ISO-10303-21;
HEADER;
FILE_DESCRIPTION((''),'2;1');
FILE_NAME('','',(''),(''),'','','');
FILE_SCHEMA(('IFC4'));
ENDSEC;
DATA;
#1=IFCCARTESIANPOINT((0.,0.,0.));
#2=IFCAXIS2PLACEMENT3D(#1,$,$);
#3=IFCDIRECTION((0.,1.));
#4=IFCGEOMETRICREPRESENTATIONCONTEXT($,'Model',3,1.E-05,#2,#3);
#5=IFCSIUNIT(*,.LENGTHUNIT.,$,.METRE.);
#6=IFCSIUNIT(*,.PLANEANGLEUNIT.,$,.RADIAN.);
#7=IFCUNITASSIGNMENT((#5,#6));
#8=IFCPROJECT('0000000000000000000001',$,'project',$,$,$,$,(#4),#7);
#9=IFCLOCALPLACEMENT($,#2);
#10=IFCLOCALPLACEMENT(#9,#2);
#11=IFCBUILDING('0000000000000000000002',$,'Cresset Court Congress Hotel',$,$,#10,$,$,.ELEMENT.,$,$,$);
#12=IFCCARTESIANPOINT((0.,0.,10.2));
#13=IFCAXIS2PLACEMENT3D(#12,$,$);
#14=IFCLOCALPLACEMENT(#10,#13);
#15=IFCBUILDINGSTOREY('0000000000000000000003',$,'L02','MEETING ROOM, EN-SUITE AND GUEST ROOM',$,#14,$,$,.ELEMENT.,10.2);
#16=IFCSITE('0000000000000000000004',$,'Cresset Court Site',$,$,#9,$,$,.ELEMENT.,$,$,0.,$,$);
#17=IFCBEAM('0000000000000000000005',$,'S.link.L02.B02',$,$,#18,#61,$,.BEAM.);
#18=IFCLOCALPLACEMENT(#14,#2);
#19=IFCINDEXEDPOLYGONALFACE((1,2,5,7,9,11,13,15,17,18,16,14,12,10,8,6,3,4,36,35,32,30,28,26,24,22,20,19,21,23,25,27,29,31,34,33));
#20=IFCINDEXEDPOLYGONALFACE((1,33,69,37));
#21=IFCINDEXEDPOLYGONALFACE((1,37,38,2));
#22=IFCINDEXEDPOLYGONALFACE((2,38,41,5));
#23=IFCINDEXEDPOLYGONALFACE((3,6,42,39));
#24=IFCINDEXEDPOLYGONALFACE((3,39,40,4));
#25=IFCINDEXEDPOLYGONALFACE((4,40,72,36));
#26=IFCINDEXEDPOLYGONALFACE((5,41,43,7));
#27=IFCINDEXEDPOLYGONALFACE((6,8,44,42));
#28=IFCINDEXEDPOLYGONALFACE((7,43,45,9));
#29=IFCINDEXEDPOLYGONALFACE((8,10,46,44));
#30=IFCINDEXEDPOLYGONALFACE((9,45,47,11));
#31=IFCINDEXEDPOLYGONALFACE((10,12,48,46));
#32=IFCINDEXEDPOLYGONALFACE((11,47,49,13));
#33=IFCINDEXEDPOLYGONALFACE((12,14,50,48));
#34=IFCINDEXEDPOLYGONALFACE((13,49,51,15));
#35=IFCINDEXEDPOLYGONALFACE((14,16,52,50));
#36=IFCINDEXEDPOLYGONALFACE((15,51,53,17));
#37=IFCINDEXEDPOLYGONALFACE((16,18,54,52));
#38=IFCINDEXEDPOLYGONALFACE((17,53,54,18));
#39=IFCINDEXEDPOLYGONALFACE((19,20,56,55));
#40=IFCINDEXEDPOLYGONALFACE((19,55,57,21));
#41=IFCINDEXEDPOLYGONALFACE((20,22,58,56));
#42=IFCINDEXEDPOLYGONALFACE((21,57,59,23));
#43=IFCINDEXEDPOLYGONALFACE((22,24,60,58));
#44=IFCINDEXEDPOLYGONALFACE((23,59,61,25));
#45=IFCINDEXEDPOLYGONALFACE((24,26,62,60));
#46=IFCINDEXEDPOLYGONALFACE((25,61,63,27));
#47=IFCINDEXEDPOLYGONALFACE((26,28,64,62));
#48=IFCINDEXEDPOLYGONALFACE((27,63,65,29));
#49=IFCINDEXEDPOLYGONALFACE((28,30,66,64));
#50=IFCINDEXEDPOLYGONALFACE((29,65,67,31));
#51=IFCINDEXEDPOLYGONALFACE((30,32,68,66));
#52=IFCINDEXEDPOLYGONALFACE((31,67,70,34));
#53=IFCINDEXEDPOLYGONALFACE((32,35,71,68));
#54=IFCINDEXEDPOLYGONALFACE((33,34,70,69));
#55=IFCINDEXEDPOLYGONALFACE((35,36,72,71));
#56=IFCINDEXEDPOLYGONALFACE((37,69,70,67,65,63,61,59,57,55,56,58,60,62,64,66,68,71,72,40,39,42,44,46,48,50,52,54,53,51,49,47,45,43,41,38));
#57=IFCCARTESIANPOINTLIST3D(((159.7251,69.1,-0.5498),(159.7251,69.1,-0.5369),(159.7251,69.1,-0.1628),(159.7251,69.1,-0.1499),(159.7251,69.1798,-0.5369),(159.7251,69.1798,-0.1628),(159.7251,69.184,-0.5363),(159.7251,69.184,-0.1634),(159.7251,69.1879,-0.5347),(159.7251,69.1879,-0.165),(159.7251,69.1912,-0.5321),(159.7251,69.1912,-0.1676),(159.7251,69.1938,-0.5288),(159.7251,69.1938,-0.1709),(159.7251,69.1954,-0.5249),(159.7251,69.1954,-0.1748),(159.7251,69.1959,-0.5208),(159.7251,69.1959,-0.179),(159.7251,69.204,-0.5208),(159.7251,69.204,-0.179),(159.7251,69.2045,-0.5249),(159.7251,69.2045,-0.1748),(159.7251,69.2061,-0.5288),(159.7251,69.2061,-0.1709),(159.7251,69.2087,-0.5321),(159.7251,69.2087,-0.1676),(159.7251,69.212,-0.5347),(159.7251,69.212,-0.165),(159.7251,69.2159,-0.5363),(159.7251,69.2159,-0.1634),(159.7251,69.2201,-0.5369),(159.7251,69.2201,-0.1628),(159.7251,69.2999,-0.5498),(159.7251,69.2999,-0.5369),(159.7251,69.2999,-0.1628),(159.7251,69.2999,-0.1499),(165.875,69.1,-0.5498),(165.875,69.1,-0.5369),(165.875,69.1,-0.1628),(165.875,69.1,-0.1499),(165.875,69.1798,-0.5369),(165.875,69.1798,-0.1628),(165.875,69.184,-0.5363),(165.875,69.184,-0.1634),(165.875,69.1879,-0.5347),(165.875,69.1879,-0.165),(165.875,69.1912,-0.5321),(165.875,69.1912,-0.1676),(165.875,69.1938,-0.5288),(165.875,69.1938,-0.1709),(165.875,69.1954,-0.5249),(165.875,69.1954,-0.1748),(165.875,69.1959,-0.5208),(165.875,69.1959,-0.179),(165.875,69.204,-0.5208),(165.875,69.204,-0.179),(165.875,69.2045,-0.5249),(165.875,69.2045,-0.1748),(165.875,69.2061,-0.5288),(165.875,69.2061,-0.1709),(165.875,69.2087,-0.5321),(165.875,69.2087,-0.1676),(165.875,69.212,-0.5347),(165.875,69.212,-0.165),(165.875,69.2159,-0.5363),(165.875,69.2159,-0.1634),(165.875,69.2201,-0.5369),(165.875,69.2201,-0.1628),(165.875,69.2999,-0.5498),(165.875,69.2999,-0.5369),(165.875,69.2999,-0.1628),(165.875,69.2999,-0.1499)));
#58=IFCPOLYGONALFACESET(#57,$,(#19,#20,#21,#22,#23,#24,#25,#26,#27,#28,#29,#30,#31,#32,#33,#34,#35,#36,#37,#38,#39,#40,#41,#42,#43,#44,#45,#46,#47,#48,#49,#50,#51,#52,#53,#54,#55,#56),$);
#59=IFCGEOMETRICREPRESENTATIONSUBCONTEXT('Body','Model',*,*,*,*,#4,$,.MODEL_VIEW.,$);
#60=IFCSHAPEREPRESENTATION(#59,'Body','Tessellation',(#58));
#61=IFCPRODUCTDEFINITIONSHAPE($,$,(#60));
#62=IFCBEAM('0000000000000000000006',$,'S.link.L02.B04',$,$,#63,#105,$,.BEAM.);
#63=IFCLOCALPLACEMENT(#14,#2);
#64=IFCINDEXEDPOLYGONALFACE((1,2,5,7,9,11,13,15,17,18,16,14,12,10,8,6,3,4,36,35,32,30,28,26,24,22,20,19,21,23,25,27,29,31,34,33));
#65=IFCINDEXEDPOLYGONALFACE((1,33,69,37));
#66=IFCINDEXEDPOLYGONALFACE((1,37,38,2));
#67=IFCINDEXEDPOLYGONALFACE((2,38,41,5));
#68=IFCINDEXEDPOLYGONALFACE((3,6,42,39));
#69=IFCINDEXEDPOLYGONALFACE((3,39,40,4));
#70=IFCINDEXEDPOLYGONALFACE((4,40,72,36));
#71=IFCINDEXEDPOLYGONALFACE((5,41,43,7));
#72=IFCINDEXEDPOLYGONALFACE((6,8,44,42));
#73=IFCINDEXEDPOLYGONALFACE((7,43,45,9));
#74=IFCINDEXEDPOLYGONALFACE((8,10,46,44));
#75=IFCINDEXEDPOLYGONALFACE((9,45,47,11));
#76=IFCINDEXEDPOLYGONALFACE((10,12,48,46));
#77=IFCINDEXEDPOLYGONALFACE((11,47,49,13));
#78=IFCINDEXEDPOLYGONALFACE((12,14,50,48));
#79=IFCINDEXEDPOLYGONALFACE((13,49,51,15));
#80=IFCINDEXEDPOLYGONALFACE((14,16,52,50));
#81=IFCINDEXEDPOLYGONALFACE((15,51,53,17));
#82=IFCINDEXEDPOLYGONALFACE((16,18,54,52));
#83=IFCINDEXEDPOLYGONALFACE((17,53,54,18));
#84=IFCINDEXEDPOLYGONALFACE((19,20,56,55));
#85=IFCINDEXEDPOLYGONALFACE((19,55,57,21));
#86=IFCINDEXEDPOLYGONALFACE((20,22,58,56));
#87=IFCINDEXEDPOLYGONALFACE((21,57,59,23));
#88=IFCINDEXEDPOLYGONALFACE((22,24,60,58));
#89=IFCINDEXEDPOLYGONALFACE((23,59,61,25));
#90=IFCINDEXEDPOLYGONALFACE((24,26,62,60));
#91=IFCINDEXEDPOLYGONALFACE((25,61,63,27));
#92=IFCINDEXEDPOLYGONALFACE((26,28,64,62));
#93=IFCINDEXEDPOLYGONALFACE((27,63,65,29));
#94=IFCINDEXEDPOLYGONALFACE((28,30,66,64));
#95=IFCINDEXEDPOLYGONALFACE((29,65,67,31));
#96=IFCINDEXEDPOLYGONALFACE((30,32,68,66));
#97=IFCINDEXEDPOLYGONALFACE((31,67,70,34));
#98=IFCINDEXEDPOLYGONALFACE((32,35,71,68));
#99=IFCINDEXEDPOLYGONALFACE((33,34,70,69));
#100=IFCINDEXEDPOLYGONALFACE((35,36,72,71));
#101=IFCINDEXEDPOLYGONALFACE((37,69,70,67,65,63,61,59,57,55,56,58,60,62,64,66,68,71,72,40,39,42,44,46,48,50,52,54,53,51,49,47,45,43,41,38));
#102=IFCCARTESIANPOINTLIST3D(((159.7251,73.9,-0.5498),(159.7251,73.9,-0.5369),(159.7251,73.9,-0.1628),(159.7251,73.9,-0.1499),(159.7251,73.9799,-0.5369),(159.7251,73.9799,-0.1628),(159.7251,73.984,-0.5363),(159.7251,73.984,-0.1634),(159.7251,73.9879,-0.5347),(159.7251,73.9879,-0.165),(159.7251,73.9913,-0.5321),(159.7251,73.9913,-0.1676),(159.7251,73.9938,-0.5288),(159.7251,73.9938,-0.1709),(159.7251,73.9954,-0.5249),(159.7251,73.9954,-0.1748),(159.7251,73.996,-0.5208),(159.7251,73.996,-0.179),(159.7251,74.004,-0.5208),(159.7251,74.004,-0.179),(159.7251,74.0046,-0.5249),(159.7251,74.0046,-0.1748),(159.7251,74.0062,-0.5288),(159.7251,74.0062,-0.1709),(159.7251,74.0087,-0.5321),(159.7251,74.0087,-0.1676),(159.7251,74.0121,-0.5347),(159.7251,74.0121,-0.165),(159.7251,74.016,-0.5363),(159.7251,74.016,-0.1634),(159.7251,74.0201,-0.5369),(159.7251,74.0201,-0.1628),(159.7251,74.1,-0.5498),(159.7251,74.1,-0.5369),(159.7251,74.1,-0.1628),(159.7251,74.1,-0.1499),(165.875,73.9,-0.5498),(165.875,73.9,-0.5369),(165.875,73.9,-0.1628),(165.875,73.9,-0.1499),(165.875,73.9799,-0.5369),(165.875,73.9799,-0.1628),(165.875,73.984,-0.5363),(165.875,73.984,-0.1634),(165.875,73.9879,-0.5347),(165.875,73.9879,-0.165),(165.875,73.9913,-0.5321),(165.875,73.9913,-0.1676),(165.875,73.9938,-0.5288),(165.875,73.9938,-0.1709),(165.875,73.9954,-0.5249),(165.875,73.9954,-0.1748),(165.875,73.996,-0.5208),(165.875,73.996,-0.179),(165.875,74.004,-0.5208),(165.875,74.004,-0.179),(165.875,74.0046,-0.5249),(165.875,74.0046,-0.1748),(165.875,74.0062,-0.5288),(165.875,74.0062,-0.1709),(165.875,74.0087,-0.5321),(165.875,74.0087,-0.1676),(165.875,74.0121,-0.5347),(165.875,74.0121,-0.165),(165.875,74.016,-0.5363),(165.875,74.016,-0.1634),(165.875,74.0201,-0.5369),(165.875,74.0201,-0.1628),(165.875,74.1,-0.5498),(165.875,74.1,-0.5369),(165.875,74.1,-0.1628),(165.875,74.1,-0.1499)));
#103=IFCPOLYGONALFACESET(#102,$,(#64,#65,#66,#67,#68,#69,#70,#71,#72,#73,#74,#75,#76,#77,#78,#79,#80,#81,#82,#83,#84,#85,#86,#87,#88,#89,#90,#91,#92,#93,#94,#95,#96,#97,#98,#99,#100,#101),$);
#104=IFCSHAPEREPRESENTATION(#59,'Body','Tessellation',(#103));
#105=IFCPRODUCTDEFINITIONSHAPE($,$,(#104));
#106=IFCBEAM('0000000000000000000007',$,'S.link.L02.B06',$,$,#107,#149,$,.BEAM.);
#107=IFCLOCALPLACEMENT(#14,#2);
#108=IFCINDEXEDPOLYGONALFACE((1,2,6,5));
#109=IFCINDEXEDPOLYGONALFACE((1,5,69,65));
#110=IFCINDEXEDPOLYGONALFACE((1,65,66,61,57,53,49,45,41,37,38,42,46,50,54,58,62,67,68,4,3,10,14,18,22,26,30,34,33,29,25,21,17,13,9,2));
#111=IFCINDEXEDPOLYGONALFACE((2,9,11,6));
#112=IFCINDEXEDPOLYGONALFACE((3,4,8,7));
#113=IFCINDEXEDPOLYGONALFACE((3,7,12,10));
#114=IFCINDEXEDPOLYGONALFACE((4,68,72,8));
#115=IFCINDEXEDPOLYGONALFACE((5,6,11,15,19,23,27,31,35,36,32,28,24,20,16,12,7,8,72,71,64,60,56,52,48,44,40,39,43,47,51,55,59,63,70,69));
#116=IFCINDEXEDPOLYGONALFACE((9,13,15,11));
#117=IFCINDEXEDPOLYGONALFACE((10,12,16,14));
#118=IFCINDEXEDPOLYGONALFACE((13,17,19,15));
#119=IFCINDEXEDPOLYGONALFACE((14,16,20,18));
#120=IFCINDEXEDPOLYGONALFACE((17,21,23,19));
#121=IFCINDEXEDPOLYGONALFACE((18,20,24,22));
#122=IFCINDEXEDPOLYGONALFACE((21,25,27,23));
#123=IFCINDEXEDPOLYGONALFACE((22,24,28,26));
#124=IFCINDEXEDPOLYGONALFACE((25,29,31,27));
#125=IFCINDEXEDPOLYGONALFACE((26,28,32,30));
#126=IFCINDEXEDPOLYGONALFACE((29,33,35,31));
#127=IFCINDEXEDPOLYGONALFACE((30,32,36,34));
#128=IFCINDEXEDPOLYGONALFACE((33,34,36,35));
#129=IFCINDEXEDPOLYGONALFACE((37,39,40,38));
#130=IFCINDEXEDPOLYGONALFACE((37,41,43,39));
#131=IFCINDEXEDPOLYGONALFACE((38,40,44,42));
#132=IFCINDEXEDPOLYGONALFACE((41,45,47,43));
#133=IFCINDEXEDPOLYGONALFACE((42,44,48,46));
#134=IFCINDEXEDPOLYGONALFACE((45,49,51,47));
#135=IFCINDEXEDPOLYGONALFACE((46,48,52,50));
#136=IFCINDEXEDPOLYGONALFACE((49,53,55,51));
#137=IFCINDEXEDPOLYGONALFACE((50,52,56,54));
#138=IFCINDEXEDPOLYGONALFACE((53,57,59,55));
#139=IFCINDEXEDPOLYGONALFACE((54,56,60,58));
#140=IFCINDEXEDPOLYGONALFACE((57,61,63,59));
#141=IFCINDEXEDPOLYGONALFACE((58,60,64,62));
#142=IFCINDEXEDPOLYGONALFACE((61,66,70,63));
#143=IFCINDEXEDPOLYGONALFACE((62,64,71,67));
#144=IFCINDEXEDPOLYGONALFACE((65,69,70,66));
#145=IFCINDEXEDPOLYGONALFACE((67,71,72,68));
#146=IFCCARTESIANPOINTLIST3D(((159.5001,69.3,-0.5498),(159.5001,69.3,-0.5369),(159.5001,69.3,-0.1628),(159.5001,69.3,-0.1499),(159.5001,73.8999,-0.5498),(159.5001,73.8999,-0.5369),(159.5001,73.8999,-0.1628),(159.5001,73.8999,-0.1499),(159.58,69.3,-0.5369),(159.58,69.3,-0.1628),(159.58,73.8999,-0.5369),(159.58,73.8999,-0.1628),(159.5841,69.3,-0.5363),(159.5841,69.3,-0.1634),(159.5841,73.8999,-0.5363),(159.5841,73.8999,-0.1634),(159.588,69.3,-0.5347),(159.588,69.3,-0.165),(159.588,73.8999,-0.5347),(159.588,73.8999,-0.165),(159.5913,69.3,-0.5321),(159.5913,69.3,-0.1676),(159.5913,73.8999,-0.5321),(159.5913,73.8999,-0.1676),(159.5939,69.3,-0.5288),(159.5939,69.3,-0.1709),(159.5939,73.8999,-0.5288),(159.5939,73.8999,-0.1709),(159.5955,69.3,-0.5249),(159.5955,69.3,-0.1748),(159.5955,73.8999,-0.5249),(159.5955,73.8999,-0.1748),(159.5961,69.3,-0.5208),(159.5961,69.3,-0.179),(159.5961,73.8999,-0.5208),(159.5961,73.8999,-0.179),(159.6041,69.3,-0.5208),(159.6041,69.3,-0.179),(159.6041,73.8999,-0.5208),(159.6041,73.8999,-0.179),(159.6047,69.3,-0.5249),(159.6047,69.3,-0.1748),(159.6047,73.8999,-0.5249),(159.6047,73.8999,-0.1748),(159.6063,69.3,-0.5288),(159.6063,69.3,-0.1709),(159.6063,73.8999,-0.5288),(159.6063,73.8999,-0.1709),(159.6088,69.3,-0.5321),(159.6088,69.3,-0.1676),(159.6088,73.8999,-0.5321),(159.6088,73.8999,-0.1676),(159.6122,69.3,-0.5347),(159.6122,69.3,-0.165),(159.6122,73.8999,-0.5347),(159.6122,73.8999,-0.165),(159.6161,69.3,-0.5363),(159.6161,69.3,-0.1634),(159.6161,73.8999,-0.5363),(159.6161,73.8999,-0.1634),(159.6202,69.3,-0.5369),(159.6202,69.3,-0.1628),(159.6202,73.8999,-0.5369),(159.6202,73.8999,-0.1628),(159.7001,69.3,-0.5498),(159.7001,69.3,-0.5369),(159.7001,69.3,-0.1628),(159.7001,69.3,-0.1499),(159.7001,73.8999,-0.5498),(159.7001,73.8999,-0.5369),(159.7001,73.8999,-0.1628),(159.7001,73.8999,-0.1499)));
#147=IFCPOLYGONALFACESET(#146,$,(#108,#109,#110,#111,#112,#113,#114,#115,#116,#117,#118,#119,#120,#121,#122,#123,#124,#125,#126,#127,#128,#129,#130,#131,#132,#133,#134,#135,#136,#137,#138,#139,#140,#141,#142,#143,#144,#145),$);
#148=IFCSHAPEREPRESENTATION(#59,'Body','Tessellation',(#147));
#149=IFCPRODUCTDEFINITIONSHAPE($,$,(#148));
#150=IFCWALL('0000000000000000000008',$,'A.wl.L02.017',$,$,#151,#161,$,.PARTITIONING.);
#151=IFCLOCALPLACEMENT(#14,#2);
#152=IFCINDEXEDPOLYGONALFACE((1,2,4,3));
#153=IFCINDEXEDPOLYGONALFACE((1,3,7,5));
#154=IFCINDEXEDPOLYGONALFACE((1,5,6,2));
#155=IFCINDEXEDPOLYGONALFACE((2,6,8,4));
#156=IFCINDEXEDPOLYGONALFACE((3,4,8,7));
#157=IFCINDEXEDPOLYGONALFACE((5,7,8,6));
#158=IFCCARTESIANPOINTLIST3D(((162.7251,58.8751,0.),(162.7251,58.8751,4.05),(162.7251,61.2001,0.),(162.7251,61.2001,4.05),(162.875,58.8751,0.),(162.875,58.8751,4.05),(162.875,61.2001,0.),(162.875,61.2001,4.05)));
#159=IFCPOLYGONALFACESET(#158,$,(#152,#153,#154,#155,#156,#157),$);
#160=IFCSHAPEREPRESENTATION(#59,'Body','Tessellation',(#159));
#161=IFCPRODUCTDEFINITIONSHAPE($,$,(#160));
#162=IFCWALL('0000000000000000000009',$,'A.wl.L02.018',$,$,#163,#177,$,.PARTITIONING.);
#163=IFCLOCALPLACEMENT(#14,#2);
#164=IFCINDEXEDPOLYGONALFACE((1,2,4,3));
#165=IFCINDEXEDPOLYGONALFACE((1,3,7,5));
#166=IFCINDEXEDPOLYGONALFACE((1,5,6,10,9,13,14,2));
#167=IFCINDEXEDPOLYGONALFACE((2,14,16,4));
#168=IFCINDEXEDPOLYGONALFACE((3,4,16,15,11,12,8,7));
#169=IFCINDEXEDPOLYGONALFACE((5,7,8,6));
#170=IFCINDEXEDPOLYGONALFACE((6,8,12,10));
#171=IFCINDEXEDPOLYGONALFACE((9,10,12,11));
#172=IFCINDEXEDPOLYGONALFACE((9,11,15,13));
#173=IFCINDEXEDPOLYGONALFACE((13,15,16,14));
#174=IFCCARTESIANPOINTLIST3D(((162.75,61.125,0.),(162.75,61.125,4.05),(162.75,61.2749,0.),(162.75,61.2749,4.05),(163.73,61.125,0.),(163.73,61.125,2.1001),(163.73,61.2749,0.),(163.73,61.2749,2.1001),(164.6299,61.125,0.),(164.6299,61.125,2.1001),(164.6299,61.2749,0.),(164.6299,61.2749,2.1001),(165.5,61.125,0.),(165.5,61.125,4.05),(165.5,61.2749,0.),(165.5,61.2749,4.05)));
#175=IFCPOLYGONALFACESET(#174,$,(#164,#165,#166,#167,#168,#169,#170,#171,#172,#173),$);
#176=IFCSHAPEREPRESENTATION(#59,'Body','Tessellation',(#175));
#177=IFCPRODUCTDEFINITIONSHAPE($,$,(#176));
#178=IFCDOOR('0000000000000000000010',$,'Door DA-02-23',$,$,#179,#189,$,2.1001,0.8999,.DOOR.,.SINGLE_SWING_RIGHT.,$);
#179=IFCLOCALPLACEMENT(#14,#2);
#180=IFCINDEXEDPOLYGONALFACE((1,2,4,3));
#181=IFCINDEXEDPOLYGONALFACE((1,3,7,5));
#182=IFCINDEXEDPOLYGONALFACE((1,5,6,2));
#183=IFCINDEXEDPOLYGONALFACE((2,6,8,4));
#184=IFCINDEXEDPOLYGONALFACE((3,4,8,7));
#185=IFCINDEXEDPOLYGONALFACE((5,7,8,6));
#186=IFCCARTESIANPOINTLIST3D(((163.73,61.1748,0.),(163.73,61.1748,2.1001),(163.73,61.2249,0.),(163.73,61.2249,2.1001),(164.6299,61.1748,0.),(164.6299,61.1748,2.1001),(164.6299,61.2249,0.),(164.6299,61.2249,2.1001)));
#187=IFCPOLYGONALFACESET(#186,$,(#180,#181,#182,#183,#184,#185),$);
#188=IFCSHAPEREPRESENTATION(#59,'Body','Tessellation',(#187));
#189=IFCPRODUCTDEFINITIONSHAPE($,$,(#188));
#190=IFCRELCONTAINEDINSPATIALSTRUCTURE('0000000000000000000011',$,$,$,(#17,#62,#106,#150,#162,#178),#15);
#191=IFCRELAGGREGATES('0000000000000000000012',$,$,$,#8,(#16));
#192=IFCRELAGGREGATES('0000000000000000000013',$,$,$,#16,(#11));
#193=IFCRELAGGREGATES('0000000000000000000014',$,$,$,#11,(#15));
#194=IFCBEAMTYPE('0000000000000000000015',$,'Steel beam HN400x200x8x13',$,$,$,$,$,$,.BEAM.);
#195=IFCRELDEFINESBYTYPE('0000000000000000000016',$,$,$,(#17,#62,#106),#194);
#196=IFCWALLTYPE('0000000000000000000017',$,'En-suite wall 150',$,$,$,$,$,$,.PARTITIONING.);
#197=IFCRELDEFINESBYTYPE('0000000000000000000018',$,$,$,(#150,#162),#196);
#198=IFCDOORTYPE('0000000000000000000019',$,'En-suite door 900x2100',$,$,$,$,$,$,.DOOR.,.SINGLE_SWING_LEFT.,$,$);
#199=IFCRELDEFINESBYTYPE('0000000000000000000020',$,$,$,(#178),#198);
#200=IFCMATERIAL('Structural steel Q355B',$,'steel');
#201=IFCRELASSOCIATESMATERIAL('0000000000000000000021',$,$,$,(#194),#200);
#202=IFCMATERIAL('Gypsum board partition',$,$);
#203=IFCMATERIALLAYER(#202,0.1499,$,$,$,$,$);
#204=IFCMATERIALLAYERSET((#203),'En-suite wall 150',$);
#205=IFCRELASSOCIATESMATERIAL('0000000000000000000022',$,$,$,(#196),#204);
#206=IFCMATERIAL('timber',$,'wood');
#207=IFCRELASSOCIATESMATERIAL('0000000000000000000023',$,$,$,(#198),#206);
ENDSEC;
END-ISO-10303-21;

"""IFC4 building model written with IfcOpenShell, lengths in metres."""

from ifc_helpers import new_model, si_unit, direction, frame, frame_2d, origin, origin_2d, place, context, subcontext, project, spatial, rectangle, i_section, extrude, material, layer, layer_set, material_profile, profile_set, type_object, element, fill, save


model = new_model("IFC4")

# Units and contexts
model_context = context("Model", 3, precision=1e-05, world=origin(), true_north=direction((0.0, 1.0)))
body_context = subcontext(model_context, "Body", "Model", "MODEL_VIEW")
ifc_project = project(units=[si_unit("LENGTHUNIT", "METRE"), si_unit("PLANEANGLEUNIT", "RADIAN")], contexts=[model_context])

# Site, building, storey
site_placement = place(None, origin())
site = spatial("IfcSite", under=ifc_project, at=site_placement, Name="Cresset Court Site", CompositionType="ELEMENT", RefElevation=0.0)
building_placement = place(site_placement, origin())
building = spatial("IfcBuilding", under=site, at=building_placement, Name="Cresset Court Congress Hotel", CompositionType="ELEMENT")
storey_placement = place(building_placement, frame((0.0, 0.0, 10.2)))
storey = spatial("IfcBuildingStorey", under=building, at=storey_placement, Name="L02", Description="MEETING ROOM, EN-SUITE AND GUEST ROOM", CompositionType="ELEMENT", Elevation=10.2)

# Beams
ifc_material_1 = material(Name="Structural steel Q355B", Category="steel")
ifc_material_profile = material_profile(ifc_material_1, i_section(OverallWidth=0.2, OverallDepth=0.3999, WebThickness=0.0081, FlangeThickness=0.0129, FilletRadius=0.0161, at=origin_2d()), Name="HN400x200x8x13")
ifc_profile_set = profile_set([ifc_material_profile], Name="Structural steel Q355B")
beam_type = type_object("IfcBeamType", Name="Steel beam HN400x200x8x13", PredefinedType="BEAM", material=ifc_profile_set)
for number, where, z_axis, x_axis, name in (
    (1, (159.7251, 69.2, -0.3499), (1.0, 0.0, 0.0), (0.0, 1.0, 0.0), "S.link.L02.B02"),
    (2, (159.7251, 74.0, -0.3499), (1.0, 0.0, 0.0), (0.0, 1.0, 0.0), "S.link.L02.B04"),
):
    element("IfcBeam", number, at=place(storey_placement, frame(where, z_axis=z_axis, x_axis=x_axis)), inside=storey, type_object=beam_type, Name=name, PredefinedType="BEAM", context=body_context, shape_type="SweptSolid", body=[
        extrude(i_section(OverallWidth=0.2, OverallDepth=0.3999, WebThickness=0.0081, FlangeThickness=0.0129, FilletRadius=0.0161, at=origin_2d()), origin(), (0.0, 0.0, 1.0), 6.1499),
    ])
beam_placement = place(storey_placement, frame((159.6001, 69.3, -0.3499), z_axis=(0.0, 1.0, 0.0), x_axis=(-1.0, 0.0, 0.0)))
element("IfcBeam", 3, at=beam_placement, inside=storey, type_object=beam_type, Name="S.link.L02.B06", PredefinedType="BEAM", context=body_context, shape_type="SweptSolid", body=[
    extrude(i_section(OverallWidth=0.2, OverallDepth=0.3999, WebThickness=0.0081, FlangeThickness=0.0129, FilletRadius=0.0161, at=origin_2d()), origin(), (0.0, 0.0, 1.0), 4.5999),
])

# Wall
ifc_material_2 = material(Name="Gypsum board partition")
ifc_layer_1 = layer(ifc_material_2, 0.1499)
ifc_layer_set_1 = layer_set([ifc_layer_1], Name="En-suite wall 150")
wall_type_1 = type_object("IfcWallType", Name="En-suite wall 150", PredefinedType="PARTITIONING", material=ifc_layer_set_1)
wall_1_placement = place(storey_placement, frame((162.8, 58.875, 0.0), z_axis=(0.0, 0.0, 1.0), x_axis=(0.0, 1.0, 0.0)))
element("IfcWall", 4, at=wall_1_placement, inside=storey, type_object=wall_type_1, Name="A.wl.L02.017", PredefinedType="PARTITIONING", context=body_context, shape_type="SweptSolid", body=[
    extrude(rectangle(XDim=2.325, YDim=0.1499, at=frame_2d((1.1626, 0.0))), origin(), (0.0, 0.0, 1.0), 4.05),
])

# Wall, opening, door
wall_2_placement = place(storey_placement, frame((162.75, 61.2, 0.0), z_axis=(0.0, 0.0, 1.0), x_axis=(1.0, 0.0, 0.0)))
wall_2 = element("IfcWall", 5, at=wall_2_placement, inside=storey, type_object=wall_type_1, Name="A.wl.L02.018", PredefinedType="PARTITIONING", context=body_context, shape_type="SweptSolid", body=[
    extrude(rectangle(XDim=2.75, YDim=0.1499, at=frame_2d((1.375, 0.0))), origin(), (0.0, 0.0, 1.0), 4.05),
])
opening_1_placement = place(wall_2_placement, frame((0.98, 0.0, 0.0)))
opening_1 = element("IfcOpeningElement", 6, at=opening_1_placement, cuts=wall_2, PredefinedType="OPENING", context=body_context, shape_type="SweptSolid", body=[
    extrude(rectangle(XDim=0.8999, YDim=2.1001, at=frame_2d((0.45, 1.05))), frame((0.0, 0.085, 0.0), z_axis=(0.0, -1.0, 0.0), x_axis=(1.0, 0.0, 0.0)), (0.0, 0.0, 1.0), 0.1699),
])
ifc_material_3 = material(Name="timber", Category="wood")
door_type = type_object("IfcDoorType", Name="En-suite door 900x2100", OperationType="SINGLE_SWING_LEFT", PredefinedType="DOOR", material=ifc_material_3)
door_1_placement = place(opening_1_placement, origin())
door_1 = element("IfcDoor", 7, at=door_1_placement, inside=storey, type_object=door_type, Name="Door DA-02-23", OperationType="SINGLE_SWING_RIGHT", OverallHeight=2.1001, OverallWidth=0.8999, PredefinedType="DOOR", context=body_context, shape_type="SweptSolid", body=[
    extrude(rectangle(XDim=0.8999, YDim=2.1001, at=frame_2d((0.45, 1.05))), frame((0.0, 0.0249, 0.0), z_axis=(0.0, -1.0, 0.0), x_axis=(1.0, 0.0, 0.0)), (0.0, 0.0, 1.0), 0.05),
])
fill(opening_1, door_1)

save(model, "model.ifc")
